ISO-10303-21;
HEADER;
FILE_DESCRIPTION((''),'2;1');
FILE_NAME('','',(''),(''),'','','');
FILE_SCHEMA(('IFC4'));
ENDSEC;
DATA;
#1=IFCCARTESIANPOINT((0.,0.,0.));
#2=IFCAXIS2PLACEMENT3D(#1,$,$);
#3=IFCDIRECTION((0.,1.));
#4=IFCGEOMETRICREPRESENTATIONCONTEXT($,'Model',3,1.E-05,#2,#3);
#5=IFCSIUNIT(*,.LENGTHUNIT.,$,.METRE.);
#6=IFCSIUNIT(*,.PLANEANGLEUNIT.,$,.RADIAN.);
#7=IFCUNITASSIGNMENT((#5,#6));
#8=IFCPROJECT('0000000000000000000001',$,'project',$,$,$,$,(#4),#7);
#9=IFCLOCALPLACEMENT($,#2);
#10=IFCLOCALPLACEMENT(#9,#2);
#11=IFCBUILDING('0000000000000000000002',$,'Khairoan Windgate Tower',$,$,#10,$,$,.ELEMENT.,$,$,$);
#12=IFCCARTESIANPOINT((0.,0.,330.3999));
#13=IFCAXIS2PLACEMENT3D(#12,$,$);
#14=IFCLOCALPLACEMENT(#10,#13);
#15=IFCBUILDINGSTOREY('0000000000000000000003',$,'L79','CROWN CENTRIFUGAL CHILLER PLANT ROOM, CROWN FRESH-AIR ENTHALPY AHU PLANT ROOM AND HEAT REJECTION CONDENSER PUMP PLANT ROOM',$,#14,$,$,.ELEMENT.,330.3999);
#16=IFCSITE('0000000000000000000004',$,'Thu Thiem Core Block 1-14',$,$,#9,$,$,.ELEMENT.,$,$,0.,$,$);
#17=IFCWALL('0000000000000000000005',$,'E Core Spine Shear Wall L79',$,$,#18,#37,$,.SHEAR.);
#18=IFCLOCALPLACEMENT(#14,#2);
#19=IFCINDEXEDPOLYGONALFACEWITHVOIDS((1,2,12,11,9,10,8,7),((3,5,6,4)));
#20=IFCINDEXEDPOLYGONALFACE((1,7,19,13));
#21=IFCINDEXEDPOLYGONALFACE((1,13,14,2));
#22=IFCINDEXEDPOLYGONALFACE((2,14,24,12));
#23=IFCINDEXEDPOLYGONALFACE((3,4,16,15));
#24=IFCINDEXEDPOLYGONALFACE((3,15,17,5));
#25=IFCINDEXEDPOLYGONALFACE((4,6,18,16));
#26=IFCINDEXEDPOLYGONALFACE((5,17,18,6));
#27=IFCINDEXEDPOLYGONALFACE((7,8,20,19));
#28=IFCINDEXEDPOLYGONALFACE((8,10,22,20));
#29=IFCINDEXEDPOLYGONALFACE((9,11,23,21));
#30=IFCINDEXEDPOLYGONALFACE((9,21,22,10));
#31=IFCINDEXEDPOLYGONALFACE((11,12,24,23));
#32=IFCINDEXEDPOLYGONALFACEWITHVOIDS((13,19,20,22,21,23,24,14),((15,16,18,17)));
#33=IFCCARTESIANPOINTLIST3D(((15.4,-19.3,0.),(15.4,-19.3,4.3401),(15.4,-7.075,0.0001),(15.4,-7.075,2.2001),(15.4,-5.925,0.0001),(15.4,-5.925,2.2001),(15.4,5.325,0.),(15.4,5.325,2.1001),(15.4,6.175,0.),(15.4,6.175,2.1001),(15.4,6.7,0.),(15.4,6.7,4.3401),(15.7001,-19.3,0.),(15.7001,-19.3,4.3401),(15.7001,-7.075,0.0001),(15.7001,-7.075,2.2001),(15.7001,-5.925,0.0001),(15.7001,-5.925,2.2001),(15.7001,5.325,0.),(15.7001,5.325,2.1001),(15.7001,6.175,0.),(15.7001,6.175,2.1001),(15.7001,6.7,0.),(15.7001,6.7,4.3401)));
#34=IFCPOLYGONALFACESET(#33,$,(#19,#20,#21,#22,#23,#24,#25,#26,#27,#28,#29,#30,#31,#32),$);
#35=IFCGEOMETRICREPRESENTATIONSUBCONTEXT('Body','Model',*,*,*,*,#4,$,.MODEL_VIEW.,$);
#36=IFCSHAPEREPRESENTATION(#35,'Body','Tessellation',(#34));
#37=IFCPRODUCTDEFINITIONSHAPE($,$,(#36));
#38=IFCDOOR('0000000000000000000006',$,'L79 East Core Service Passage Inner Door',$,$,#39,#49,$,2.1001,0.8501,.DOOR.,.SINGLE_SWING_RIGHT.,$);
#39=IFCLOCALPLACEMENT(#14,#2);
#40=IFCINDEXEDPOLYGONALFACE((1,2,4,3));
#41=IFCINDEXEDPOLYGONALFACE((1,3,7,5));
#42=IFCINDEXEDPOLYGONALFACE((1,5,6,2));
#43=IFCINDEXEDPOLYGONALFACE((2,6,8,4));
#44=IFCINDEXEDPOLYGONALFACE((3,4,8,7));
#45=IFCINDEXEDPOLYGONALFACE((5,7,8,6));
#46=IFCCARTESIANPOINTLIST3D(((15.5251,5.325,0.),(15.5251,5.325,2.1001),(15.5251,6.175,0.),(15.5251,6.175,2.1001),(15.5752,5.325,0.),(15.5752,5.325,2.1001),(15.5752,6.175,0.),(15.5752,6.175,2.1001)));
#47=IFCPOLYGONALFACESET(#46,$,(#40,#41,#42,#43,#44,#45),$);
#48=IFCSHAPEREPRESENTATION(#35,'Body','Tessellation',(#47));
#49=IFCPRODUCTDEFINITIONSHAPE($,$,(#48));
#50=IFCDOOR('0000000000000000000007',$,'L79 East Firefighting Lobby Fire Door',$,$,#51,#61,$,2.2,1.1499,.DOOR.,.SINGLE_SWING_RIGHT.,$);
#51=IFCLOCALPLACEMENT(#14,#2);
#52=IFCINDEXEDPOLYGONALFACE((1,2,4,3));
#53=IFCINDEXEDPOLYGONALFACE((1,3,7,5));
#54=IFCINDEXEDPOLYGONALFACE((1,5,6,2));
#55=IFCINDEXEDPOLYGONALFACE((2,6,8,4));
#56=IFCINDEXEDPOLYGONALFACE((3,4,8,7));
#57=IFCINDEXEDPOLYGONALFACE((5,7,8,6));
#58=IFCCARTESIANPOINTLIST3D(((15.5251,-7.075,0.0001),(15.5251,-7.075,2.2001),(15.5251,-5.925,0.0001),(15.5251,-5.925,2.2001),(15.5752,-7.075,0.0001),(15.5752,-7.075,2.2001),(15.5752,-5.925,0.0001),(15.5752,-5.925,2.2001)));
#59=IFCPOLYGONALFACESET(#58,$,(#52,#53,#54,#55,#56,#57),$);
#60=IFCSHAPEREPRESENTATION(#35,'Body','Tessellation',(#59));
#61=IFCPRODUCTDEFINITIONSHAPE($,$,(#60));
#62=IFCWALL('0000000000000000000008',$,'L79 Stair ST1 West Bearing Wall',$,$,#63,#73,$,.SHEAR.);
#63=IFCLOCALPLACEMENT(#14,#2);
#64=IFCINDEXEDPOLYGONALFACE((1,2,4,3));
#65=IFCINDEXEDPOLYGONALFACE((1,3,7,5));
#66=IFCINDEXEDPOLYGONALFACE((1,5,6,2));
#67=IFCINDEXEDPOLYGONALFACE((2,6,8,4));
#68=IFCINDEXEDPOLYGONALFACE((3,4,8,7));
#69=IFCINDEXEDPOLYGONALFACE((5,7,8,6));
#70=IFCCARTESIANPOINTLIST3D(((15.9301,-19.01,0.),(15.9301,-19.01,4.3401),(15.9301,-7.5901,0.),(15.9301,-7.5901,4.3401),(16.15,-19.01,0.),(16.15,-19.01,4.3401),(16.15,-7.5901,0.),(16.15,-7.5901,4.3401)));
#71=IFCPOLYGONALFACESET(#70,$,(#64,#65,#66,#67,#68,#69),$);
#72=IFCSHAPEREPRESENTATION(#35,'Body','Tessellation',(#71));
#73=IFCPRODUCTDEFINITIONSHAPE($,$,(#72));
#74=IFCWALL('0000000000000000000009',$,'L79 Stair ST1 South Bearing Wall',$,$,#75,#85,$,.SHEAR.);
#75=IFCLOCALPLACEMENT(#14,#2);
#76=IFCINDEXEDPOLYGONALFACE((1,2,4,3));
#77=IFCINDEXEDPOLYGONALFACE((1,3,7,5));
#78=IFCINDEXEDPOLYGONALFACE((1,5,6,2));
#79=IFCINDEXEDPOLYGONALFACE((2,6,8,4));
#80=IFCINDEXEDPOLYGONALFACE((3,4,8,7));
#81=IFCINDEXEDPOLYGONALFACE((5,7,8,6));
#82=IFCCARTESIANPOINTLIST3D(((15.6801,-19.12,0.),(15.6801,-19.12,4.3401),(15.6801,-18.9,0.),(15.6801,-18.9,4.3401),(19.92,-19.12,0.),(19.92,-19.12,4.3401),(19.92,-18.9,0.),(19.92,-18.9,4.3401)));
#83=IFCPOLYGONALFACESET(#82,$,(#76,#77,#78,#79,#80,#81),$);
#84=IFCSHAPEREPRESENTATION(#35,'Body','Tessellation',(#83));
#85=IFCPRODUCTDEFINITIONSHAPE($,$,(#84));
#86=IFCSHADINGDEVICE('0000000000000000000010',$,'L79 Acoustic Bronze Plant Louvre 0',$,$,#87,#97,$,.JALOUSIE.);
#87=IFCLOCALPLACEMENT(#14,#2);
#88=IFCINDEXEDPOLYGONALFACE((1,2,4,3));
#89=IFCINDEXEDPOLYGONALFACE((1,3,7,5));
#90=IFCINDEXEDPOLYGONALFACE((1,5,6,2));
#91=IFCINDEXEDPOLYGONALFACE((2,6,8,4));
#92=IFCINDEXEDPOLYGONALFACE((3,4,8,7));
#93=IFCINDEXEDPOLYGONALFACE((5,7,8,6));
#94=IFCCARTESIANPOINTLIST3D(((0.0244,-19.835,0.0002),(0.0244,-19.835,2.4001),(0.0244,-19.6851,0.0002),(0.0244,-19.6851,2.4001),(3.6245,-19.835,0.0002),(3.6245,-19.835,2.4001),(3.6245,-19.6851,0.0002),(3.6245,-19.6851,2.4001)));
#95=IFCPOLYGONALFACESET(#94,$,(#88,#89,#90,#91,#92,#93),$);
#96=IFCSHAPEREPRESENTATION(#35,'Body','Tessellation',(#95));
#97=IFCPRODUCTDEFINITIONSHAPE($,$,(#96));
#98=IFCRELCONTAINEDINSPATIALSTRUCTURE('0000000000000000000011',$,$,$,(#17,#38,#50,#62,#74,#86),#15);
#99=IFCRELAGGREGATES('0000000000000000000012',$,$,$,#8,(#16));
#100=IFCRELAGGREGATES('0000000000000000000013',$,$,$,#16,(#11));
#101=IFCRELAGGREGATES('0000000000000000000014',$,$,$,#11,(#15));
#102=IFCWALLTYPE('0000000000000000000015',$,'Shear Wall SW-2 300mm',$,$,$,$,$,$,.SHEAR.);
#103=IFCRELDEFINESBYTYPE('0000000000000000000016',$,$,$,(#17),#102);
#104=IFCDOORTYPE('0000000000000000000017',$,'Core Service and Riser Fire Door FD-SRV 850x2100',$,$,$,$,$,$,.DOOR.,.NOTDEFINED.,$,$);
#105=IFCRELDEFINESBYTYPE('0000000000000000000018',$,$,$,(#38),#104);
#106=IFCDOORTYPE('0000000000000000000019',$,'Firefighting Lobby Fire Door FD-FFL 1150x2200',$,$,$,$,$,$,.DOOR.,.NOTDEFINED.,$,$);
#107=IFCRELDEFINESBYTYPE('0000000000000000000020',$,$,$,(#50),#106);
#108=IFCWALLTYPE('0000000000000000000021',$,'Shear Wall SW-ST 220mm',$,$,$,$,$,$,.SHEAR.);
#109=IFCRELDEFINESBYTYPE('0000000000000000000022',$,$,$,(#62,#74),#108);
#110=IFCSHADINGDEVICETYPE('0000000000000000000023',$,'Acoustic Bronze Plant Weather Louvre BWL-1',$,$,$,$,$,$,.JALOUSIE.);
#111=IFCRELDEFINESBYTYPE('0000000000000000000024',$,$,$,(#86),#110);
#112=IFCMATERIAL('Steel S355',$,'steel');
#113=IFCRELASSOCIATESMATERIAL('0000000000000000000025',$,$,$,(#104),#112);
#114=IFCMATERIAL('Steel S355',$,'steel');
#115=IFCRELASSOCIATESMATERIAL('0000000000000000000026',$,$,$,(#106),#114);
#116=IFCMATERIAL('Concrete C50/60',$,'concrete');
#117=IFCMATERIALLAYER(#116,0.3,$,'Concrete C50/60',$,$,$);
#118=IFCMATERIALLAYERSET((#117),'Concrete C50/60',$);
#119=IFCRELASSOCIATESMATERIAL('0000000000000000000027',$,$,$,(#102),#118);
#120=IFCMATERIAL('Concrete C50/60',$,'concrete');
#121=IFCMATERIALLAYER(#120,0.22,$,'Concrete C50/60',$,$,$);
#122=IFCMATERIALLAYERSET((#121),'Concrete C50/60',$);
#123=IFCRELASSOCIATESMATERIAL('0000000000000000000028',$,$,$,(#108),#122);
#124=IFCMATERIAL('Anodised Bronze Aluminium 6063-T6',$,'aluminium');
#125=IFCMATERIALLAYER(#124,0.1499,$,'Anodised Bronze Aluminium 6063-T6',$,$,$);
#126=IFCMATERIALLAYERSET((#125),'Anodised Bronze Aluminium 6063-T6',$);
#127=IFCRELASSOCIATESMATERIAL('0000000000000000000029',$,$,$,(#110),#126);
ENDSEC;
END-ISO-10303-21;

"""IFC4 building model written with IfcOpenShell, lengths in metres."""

from ifc_helpers import new_model, si_unit, direction, frame, frame_2d, origin, origin_2d, place, context, subcontext, project, spatial, rectangle, extrude, material, layer, layer_set, type_object, element, fill, save


model = new_model("IFC4")

# Units and contexts
model_context = context("Model", 3, precision=1e-05, world=origin(), true_north=direction((0.0, 1.0)))
body_context = subcontext(model_context, "Body", "Model", "MODEL_VIEW")
ifc_project = project(units=[si_unit("LENGTHUNIT", "METRE"), si_unit("PLANEANGLEUNIT", "RADIAN")], contexts=[model_context])

# Site, building, storey
site_placement = place(None, origin())
site = spatial("IfcSite", under=ifc_project, at=site_placement, Name="Thu Thiem Core Block 1-14", CompositionType="ELEMENT", RefElevation=0.0)
building_placement = place(site_placement, origin())
building = spatial("IfcBuilding", under=site, at=building_placement, Name="Khairoan Windgate Tower", CompositionType="ELEMENT")
storey_placement = place(building_placement, frame((0.0, 0.0, 330.3999)))
storey = spatial("IfcBuildingStorey", under=building, at=storey_placement, Name="L79", Description="CROWN CENTRIFUGAL CHILLER PLANT ROOM, CROWN FRESH-AIR ENTHALPY AHU PLANT ROOM AND HEAT REJECTION CONDENSER PUMP PLANT ROOM", CompositionType="ELEMENT", Elevation=330.3999)

# Shared definitions
ifc_material_1 = material(Name="Steel S355", Category="steel")
door_type_1 = type_object("IfcDoorType", Name="Core Service and Riser Fire Door FD-SRV 850x2100", OperationType="NOTDEFINED", PredefinedType="DOOR", material=ifc_material_1)
ifc_material_2 = material(Name="Steel S355", Category="steel")
door_type_2 = type_object("IfcDoorType", Name="Firefighting Lobby Fire Door FD-FFL 1150x2200", OperationType="NOTDEFINED", PredefinedType="DOOR", material=ifc_material_2)

# Wall, openings, doors
ifc_material_3 = material(Name="Concrete C50/60", Category="concrete")
ifc_layer_1 = layer(ifc_material_3, 0.3, Name="Concrete C50/60")
ifc_layer_set_1 = layer_set([ifc_layer_1], Name="Concrete C50/60")
wall_type_1 = type_object("IfcWallType", Name="Shear Wall SW-2 300mm", PredefinedType="SHEAR", material=ifc_layer_set_1)
wall_1_placement = place(storey_placement, frame((15.55, -19.3, 0.0), z_axis=(0.0, 0.0, 1.0), x_axis=(0.0, 1.0, 0.0)))
wall_1 = element("IfcWall", 1, at=wall_1_placement, inside=storey, type_object=wall_type_1, Name="E Core Spine Shear Wall L79", PredefinedType="SHEAR", context=body_context, shape_type="SweptSolid", body=[
    extrude(rectangle(XDim=26.0, YDim=0.3, at=frame_2d((13.0, 0.0))), origin(), (0.0, 0.0, 1.0), 4.3401),
])
opening_1_placement = place(wall_1_placement, frame((12.2251, 0.0, 0.0)))
opening_1 = element("IfcOpeningElement", 2, at=opening_1_placement, cuts=wall_1, PredefinedType="OPENING", context=body_context, shape_type="SweptSolid", body=[
    extrude(rectangle(XDim=1.1499, YDim=2.2, at=frame_2d((0.575, 1.1001))), frame((0.0, 0.1599, 0.0), z_axis=(0.0, -1.0, 0.0), x_axis=(1.0, 0.0, 0.0)), (0.0, 0.0, 1.0), 0.3201),
])
opening_2_placement = place(wall_1_placement, frame((24.625, 0.0, 0.0)))
opening_2 = element("IfcOpeningElement", 3, at=opening_2_placement, cuts=wall_1, PredefinedType="OPENING", context=body_context, shape_type="SweptSolid", body=[
    extrude(rectangle(XDim=0.8501, YDim=2.1001, at=frame_2d((0.425, 1.05))), frame((0.0, 0.1599, 0.0), z_axis=(0.0, -1.0, 0.0), x_axis=(1.0, 0.0, 0.0)), (0.0, 0.0, 1.0), 0.3201),
])
door_1_placement = place(opening_2_placement, origin())
door_1 = element("IfcDoor", 4, at=door_1_placement, inside=storey, type_object=door_type_1, Name="L79 East Core Service Passage Inner Door", OperationType="SINGLE_SWING_RIGHT", OverallHeight=2.1001, OverallWidth=0.8501, PredefinedType="DOOR", context=body_context, shape_type="SweptSolid", body=[
    extrude(rectangle(XDim=0.8501, YDim=2.1001, at=frame_2d((0.425, 1.05))), frame((0.0, 0.0249, 0.0), z_axis=(0.0, -1.0, 0.0), x_axis=(1.0, 0.0, 0.0)), (0.0, 0.0, 1.0), 0.05),
])
fill(opening_2, door_1)
door_2_placement = place(opening_1_placement, origin())
door_2 = element("IfcDoor", 5, at=door_2_placement, inside=storey, type_object=door_type_2, Name="L79 East Firefighting Lobby Fire Door", OperationType="SINGLE_SWING_RIGHT", OverallHeight=2.2, OverallWidth=1.1499, PredefinedType="DOOR", context=body_context, shape_type="SweptSolid", body=[
    extrude(rectangle(XDim=1.1499, YDim=2.2, at=frame_2d((0.575, 1.1001))), frame((0.0, 0.0249, 0.0), z_axis=(0.0, -1.0, 0.0), x_axis=(1.0, 0.0, 0.0)), (0.0, 0.0, 1.0), 0.05),
])
fill(opening_1, door_2)

# Walls
ifc_material_4 = material(Name="Concrete C50/60", Category="concrete")
ifc_layer_2 = layer(ifc_material_4, 0.22, Name="Concrete C50/60")
ifc_layer_set_2 = layer_set([ifc_layer_2], Name="Concrete C50/60")
wall_type_2 = type_object("IfcWallType", Name="Shear Wall SW-ST 220mm", PredefinedType="SHEAR", material=ifc_layer_set_2)
wall_2_placement = place(storey_placement, frame((16.04, -19.01, 0.0), z_axis=(0.0, 0.0, 1.0), x_axis=(0.0, 1.0, 0.0)))
element("IfcWall", 6, at=wall_2_placement, inside=storey, type_object=wall_type_2, Name="L79 Stair ST1 West Bearing Wall", PredefinedType="SHEAR", context=body_context, shape_type="SweptSolid", body=[
    extrude(rectangle(XDim=11.4199, YDim=0.22, at=frame_2d((5.71, 0.0))), origin(), (0.0, 0.0, 1.0), 4.3401),
])
wall_3_placement = place(storey_placement, frame((15.6799, -19.01, 0.0), z_axis=(0.0, 0.0, 1.0), x_axis=(1.0, 0.0, 0.0)))
element("IfcWall", 7, at=wall_3_placement, inside=storey, type_object=wall_type_2, Name="L79 Stair ST1 South Bearing Wall", PredefinedType="SHEAR", context=body_context, shape_type="SweptSolid", body=[
    extrude(rectangle(XDim=4.24, YDim=0.22, at=frame_2d((2.1201, 0.0))), origin(), (0.0, 0.0, 1.0), 4.3401),
])

# Shading device
ifc_material_5 = material(Name="Anodised Bronze Aluminium 6063-T6", Category="aluminium")
ifc_layer_3 = layer(ifc_material_5, 0.1499, Name="Anodised Bronze Aluminium 6063-T6")
ifc_layer_set_3 = layer_set([ifc_layer_3], Name="Anodised Bronze Aluminium 6063-T6")
shading_device_type = type_object("IfcShadingDeviceType", Name="Acoustic Bronze Plant Weather Louvre BWL-1", PredefinedType="JALOUSIE", material=ifc_layer_set_3)
shading_device_placement = place(storey_placement, frame((1.8245, -19.76, 0.0002), z_axis=(0.0, 0.0, 1.0), x_axis=(-1.0, 0.0, 0.0)))
element("IfcShadingDevice", 8, at=shading_device_placement, inside=storey, type_object=shading_device_type, Name="L79 Acoustic Bronze Plant Louvre 0", PredefinedType="JALOUSIE", context=body_context, shape_type="SweptSolid", body=[
    extrude(rectangle(XDim=3.6001, YDim=0.1499, at=origin_2d()), origin(), (0.0, 0.0, 1.0), 2.3999),
])

save(model, "model.ifc")
